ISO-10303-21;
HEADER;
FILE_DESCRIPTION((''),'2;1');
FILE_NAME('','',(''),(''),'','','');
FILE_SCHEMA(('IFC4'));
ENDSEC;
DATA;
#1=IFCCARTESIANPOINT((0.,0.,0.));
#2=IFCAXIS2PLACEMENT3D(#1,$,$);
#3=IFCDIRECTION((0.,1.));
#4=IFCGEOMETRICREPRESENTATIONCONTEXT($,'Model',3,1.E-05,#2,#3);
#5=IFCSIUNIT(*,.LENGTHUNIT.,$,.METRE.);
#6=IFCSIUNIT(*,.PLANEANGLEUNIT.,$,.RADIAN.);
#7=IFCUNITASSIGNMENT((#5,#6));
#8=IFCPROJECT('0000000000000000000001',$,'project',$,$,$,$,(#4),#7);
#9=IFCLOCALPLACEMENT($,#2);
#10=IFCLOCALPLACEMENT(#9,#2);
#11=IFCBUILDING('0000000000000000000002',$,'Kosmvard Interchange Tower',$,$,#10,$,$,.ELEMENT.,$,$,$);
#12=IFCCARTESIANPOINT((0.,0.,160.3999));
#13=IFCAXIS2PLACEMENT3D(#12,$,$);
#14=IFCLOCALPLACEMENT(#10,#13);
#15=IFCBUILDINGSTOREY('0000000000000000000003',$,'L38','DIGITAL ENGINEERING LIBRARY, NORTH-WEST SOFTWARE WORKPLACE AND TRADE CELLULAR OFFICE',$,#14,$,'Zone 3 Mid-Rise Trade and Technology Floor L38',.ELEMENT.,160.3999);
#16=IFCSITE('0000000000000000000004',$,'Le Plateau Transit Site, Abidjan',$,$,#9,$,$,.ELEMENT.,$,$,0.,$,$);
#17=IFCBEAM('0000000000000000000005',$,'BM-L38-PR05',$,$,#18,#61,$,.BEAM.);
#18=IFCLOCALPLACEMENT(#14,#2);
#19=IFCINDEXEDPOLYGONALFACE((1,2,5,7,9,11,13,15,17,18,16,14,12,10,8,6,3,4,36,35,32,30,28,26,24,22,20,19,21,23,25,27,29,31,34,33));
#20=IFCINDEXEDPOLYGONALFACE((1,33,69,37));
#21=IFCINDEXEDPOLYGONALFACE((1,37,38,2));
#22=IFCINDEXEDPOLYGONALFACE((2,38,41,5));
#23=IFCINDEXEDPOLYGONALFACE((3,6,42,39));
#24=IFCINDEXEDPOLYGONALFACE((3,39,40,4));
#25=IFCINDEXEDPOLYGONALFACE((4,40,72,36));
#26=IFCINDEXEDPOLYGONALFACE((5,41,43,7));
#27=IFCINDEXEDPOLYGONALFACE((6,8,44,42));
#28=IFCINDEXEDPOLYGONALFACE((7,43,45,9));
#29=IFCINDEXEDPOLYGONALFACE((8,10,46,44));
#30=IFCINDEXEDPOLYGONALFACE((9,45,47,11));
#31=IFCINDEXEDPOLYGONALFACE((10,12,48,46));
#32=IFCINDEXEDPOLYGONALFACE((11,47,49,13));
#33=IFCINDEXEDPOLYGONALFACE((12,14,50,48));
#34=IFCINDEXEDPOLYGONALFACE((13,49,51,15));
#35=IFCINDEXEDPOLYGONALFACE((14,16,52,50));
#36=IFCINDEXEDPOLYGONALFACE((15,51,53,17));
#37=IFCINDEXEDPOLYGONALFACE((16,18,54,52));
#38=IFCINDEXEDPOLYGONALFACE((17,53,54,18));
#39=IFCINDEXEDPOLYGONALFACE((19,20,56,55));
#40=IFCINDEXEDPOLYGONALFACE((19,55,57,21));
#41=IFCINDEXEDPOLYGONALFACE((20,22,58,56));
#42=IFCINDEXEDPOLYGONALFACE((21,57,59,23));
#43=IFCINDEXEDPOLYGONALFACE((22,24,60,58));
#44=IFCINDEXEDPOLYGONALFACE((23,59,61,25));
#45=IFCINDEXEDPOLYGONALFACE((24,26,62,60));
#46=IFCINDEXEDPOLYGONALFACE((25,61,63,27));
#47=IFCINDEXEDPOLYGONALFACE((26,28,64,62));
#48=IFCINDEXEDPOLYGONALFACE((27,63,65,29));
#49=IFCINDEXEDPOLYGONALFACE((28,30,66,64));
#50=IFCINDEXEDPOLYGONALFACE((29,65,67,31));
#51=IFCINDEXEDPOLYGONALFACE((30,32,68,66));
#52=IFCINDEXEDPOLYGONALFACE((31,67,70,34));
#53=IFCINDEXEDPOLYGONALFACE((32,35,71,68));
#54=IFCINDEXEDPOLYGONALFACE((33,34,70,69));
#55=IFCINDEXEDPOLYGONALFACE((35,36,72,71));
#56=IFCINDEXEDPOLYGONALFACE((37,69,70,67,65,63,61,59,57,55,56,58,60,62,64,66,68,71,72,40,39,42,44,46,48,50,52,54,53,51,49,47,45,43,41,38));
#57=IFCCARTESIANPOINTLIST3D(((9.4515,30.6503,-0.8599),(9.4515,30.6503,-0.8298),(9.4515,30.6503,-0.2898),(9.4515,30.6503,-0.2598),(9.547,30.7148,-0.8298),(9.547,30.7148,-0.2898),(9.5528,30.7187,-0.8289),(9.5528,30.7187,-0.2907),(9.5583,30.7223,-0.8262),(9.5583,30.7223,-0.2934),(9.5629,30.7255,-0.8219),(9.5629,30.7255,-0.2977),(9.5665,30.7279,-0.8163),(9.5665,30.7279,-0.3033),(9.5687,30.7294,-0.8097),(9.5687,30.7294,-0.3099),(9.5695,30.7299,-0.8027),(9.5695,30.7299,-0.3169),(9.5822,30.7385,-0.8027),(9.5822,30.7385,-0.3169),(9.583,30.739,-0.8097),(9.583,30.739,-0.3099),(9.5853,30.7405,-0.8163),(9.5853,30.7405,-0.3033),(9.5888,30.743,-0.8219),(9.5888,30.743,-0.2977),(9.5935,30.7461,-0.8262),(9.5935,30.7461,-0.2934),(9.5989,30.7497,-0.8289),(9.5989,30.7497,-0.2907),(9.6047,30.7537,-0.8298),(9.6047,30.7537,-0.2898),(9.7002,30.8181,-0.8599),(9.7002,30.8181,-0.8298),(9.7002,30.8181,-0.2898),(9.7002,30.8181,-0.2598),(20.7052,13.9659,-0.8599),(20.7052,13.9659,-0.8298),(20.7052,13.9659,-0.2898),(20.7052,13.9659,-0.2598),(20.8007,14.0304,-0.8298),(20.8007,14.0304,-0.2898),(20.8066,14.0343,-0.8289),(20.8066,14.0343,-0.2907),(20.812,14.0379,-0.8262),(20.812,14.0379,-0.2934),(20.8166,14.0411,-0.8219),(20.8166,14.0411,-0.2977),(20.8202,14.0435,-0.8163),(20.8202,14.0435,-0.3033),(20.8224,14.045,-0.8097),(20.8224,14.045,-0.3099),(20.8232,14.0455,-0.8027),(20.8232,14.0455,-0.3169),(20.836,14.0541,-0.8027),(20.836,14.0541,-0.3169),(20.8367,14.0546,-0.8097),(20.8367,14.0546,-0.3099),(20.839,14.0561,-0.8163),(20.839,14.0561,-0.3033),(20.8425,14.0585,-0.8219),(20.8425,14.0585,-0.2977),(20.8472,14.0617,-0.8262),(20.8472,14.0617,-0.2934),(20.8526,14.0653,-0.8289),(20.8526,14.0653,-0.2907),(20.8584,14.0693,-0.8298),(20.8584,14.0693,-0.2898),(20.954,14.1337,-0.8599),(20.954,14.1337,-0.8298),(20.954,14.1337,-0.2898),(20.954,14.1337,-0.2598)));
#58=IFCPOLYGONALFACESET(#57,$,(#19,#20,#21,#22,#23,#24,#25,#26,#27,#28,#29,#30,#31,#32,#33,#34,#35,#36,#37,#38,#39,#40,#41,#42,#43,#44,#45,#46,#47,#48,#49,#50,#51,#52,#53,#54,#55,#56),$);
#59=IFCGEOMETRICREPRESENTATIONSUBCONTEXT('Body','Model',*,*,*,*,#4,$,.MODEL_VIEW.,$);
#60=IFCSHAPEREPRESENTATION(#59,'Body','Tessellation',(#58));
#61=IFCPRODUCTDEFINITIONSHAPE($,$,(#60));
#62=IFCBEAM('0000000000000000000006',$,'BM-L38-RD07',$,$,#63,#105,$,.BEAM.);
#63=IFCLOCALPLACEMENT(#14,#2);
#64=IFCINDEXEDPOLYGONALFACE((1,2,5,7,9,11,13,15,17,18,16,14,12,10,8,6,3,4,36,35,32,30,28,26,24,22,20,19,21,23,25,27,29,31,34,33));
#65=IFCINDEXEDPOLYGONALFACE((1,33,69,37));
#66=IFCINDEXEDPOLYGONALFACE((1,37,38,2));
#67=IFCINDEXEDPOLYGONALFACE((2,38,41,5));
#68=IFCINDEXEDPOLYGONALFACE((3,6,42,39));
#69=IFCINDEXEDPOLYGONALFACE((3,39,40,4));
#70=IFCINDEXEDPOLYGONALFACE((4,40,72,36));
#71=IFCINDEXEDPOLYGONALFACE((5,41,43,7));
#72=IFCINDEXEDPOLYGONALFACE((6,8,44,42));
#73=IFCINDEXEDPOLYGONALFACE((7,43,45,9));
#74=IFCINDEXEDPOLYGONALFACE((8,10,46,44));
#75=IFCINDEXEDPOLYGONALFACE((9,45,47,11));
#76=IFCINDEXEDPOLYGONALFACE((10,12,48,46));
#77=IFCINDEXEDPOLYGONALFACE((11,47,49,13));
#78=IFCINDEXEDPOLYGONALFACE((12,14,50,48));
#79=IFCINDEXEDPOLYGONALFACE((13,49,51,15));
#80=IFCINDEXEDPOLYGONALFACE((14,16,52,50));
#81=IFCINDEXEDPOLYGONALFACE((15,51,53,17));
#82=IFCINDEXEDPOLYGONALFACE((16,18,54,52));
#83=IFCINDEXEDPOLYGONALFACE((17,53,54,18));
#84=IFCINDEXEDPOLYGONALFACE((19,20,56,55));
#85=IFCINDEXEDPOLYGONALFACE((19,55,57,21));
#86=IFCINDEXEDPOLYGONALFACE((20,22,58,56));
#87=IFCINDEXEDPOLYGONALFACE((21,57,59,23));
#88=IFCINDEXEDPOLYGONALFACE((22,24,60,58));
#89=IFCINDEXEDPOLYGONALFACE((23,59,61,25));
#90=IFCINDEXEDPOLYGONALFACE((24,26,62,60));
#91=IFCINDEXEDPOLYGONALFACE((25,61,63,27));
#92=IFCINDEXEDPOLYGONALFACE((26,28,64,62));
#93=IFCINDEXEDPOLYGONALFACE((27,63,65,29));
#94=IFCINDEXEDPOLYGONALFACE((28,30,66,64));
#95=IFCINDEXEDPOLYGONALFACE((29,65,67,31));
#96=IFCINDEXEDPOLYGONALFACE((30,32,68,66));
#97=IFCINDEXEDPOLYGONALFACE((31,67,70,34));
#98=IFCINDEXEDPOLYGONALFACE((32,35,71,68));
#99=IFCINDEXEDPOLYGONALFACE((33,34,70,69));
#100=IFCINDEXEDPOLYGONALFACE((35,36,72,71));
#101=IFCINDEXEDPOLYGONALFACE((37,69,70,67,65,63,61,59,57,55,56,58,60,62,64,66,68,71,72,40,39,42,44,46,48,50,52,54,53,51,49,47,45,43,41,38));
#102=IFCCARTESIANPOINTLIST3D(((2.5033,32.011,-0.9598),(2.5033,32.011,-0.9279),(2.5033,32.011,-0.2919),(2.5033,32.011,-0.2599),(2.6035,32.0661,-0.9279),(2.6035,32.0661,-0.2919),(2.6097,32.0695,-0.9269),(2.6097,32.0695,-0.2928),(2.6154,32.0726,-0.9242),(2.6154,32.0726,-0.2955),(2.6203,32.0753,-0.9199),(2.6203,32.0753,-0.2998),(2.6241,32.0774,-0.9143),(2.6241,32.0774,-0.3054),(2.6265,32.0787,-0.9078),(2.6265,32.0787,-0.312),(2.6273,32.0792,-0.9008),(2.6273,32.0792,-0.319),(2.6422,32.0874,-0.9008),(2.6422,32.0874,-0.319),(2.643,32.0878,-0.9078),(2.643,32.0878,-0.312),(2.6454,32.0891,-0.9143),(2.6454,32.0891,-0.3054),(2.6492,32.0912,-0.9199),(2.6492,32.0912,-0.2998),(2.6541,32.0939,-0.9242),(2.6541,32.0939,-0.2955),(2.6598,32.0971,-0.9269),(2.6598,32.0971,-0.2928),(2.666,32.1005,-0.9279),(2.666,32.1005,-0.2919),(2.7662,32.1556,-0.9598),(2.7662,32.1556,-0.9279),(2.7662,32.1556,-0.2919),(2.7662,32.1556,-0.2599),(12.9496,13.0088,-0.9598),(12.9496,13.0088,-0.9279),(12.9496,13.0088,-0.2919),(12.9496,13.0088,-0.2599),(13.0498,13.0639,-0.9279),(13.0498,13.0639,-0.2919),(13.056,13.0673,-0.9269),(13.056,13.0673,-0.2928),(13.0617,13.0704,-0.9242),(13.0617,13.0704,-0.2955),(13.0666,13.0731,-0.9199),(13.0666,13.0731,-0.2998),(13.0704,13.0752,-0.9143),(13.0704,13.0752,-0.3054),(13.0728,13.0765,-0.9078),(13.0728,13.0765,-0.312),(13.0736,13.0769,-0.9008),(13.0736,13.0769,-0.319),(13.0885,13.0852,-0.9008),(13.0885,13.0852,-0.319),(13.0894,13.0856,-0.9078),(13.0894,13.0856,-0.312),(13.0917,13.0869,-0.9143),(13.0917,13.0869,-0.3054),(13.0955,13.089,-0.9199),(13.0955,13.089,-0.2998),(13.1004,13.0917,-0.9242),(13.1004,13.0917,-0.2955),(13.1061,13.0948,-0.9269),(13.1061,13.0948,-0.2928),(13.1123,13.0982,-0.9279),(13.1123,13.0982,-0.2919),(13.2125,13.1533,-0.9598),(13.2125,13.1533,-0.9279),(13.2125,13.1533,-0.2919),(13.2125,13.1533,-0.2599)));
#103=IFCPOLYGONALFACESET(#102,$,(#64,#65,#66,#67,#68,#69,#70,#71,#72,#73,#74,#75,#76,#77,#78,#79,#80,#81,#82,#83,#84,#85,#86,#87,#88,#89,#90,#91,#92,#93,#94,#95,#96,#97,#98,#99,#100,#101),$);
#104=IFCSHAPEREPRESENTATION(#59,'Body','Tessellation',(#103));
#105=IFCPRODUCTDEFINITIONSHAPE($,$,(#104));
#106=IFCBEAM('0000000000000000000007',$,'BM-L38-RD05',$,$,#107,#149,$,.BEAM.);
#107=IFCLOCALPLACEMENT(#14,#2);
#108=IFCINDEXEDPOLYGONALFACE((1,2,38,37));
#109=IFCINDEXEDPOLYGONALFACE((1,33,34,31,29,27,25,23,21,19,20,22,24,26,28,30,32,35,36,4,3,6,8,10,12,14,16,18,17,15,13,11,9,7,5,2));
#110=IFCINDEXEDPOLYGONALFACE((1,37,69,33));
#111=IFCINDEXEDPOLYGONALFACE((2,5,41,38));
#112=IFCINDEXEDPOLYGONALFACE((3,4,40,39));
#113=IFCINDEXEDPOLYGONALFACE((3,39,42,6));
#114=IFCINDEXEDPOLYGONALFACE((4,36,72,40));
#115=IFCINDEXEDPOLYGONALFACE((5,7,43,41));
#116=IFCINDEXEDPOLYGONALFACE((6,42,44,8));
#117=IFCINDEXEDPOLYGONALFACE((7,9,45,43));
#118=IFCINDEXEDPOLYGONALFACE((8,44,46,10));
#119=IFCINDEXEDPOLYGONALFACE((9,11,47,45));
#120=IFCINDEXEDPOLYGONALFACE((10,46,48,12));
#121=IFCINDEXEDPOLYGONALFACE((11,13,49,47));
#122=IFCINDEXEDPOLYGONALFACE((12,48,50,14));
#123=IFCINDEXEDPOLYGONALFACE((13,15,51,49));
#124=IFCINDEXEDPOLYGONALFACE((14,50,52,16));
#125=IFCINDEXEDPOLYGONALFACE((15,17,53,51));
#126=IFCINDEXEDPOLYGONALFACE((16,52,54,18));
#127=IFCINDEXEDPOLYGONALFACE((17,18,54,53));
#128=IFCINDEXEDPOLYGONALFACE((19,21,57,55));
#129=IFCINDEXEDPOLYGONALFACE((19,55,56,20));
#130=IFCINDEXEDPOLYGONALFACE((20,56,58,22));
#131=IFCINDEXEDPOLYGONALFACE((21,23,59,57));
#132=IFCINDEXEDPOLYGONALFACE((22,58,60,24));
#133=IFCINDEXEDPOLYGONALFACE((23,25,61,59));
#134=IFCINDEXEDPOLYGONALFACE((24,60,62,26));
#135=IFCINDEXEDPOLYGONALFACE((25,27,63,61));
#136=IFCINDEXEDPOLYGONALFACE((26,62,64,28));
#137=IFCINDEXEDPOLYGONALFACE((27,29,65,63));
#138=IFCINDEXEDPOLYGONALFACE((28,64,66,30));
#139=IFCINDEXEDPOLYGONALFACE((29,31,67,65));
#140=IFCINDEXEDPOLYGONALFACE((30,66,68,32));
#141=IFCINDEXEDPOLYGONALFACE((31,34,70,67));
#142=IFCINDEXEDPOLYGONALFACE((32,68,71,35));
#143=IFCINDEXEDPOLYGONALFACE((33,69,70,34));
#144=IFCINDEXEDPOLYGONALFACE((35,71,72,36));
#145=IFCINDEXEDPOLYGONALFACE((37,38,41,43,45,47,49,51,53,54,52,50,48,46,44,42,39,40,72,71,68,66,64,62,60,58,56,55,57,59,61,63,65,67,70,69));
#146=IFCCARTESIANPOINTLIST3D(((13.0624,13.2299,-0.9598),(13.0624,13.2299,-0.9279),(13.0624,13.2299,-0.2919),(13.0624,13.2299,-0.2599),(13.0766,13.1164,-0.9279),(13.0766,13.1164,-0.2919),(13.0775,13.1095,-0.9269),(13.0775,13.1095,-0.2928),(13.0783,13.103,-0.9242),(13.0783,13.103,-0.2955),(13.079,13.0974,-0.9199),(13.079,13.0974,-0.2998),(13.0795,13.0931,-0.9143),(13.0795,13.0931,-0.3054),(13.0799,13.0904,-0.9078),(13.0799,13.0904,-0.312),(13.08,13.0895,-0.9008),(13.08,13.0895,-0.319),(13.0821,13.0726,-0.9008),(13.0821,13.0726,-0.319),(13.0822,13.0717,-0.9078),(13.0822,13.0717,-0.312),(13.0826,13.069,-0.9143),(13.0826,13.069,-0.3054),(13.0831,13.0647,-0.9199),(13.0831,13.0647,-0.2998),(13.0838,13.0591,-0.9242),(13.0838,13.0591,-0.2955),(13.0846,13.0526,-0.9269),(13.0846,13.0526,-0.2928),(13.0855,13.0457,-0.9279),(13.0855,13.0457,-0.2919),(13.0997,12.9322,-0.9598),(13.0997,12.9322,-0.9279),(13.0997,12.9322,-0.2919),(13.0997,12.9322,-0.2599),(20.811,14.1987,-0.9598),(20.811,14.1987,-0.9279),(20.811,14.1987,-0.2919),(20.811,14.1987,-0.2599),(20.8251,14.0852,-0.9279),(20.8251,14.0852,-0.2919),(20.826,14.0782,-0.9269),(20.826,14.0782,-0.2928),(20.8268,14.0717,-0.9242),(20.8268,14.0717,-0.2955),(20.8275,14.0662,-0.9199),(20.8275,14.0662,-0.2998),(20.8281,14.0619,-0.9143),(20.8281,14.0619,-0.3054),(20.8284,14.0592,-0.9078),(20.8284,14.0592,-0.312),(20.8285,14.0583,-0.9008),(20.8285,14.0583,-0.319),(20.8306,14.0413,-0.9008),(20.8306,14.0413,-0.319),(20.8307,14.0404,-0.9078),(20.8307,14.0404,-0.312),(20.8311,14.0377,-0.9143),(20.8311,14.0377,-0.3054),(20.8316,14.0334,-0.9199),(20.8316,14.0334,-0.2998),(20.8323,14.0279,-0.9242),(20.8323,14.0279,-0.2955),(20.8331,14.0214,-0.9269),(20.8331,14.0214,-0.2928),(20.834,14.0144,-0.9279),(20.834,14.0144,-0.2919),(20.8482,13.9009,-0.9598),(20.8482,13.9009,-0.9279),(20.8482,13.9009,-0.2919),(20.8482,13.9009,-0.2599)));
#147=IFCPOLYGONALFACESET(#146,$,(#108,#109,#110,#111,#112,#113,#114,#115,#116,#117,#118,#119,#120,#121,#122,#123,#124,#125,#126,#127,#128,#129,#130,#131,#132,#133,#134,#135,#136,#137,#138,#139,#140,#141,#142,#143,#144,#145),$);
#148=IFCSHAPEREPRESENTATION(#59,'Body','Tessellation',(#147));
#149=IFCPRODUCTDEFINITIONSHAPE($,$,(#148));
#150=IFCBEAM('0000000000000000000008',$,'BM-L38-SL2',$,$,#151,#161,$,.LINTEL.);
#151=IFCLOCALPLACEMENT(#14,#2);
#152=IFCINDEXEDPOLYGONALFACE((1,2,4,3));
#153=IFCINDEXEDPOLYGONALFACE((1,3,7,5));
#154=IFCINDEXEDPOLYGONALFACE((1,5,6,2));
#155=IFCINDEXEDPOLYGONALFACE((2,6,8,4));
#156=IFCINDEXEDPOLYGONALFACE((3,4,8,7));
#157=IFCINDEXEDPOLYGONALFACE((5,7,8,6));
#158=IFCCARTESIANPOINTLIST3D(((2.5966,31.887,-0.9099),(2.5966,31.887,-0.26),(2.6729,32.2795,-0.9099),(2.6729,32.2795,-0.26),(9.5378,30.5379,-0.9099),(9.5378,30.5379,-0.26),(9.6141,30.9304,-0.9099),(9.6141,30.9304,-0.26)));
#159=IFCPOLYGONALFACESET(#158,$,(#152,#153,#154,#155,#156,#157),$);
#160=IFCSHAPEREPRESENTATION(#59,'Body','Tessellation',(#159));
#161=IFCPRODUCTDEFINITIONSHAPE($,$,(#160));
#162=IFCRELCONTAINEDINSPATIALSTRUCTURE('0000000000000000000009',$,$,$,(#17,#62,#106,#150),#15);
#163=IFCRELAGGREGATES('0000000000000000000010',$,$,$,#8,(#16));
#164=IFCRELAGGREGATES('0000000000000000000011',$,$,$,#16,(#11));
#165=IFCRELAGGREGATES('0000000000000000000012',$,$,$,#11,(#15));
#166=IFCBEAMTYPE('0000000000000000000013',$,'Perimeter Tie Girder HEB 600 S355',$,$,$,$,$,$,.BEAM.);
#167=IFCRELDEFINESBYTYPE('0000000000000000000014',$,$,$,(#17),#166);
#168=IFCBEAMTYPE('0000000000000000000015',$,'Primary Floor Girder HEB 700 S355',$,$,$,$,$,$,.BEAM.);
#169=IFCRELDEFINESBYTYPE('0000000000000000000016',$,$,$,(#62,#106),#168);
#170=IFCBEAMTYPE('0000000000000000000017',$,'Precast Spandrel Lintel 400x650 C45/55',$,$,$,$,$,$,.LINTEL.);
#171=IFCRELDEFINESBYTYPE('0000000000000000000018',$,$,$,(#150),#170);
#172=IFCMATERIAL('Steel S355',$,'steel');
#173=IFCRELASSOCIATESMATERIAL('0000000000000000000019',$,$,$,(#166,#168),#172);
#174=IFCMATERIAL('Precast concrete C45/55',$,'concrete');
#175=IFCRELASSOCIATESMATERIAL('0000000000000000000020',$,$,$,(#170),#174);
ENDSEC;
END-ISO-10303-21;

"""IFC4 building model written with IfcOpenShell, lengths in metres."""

from ifc_helpers import new_model, si_unit, direction, frame, origin, origin_2d, place, context, subcontext, project, spatial, rectangle, i_section, extrude, source, transform, mapped, material, material_profile, profile_set, type_object, element, save


model = new_model("IFC4")

# Units and contexts
model_context = context("Model", 3, precision=1e-05, world=origin(), true_north=direction((0.0, 1.0)))
body_context = subcontext(model_context, "Body", "Model", "MODEL_VIEW")
ifc_project = project(units=[si_unit("LENGTHUNIT", "METRE"), si_unit("PLANEANGLEUNIT", "RADIAN")], contexts=[model_context])

# Site, building, storey
site_placement = place(None, origin())
site = spatial("IfcSite", under=ifc_project, at=site_placement, Name="Le Plateau Transit Site, Abidjan", CompositionType="ELEMENT", RefElevation=0.0)
building_placement = place(site_placement, origin())
building = spatial("IfcBuilding", under=site, at=building_placement, Name="Kosmvard Interchange Tower", CompositionType="ELEMENT")
storey_placement = place(building_placement, frame((0.0, 0.0, 160.3999)))
storey = spatial("IfcBuildingStorey", under=building, at=storey_placement, Name="L38", Description="DIGITAL ENGINEERING LIBRARY, NORTH-WEST SOFTWARE WORKPLACE AND TRADE CELLULAR OFFICE", LongName="Zone 3 Mid-Rise Trade and Technology Floor L38", CompositionType="ELEMENT", Elevation=160.3999)

# Beams
ifc_material_1 = material(Name="Steel S355", Category="steel")
ifc_material_profile_1 = material_profile(ifc_material_1, i_section(OverallWidth=0.3, OverallDepth=0.6001, WebThickness=0.0154, FlangeThickness=0.03, FilletRadius=0.0271, at=origin_2d()), Name="HEB 600")
ifc_profile_set_1 = profile_set([ifc_material_profile_1], Name="Steel S355")
beam_type_1 = type_object("IfcBeamType", Name="Perimeter Tie Girder HEB 600 S355", PredefinedType="BEAM", material=ifc_profile_set_1)
shared_shape_1 = source(origin(), body_context, "Body", "SweptSolid", [
    extrude(i_section(OverallWidth=0.3, OverallDepth=0.6001, WebThickness=0.0154, FlangeThickness=0.03, FilletRadius=0.0271, at=origin_2d()), origin(), (0.0, 0.0, 1.0), 20.125),
])
beam_1_placement = place(storey_placement, frame((20.8296, 14.0498, -0.5598), z_axis=(-0.559191, 0.829039, 0.0), x_axis=(-0.829039, -0.559191, 0.0)))
element("IfcBeam", 1, at=beam_1_placement, inside=storey, type_object=beam_type_1, Name="BM-L38-PR05", PredefinedType="BEAM", context=body_context, shape_type="MappedRepresentation", body=[
    mapped(shared_shape_1, transform((0.0, 0.0, 0.0), scale=1.0)),
])
ifc_material_profile_2 = material_profile(ifc_material_1, i_section(OverallWidth=0.3, OverallDepth=0.7, WebThickness=0.0171, FlangeThickness=0.032, FilletRadius=0.0271, at=origin_2d()), Name="HEB 700")
ifc_profile_set_2 = profile_set([ifc_material_profile_2], Name="Steel S355")
beam_type_2 = type_object("IfcBeamType", Name="Primary Floor Girder HEB 700 S355", PredefinedType="BEAM", material=ifc_profile_set_2)
shared_shape_2 = source(origin(), body_context, "Body", "SweptSolid", [
    extrude(i_section(OverallWidth=0.3, OverallDepth=0.7, WebThickness=0.0171, FlangeThickness=0.032, FilletRadius=0.0271, at=origin_2d()), origin(), (0.0, 0.0, 1.0), 21.6843),
])
beam_2_placement = place(storey_placement, frame((13.0811, 13.0811, -0.6099), z_axis=(-0.481745, 0.876312, 0.0), x_axis=(-0.876312, -0.481745, 0.0)))
element("IfcBeam", 2, at=beam_2_placement, inside=storey, type_object=beam_type_2, Name="BM-L38-RD07", PredefinedType="BEAM", context=body_context, shape_type="MappedRepresentation", body=[
    mapped(shared_shape_2, transform((0.0, 0.0, 0.0), scale=1.0)),
])
shared_shape_3 = source(origin(), body_context, "Body", "SweptSolid", [
    extrude(i_section(OverallWidth=0.3, OverallDepth=0.7, WebThickness=0.0171, FlangeThickness=0.032, FilletRadius=0.0271, at=origin_2d()), origin(), (0.0, 0.0, 1.0), 7.8088),
])
beam_3_placement = place(storey_placement, frame((13.0811, 13.0811, -0.6099), z_axis=(0.992275, 0.124058, 0.0), x_axis=(-0.124058, 0.992275, 0.0)))
element("IfcBeam", 3, at=beam_3_placement, inside=storey, type_object=beam_type_2, Name="BM-L38-RD05", PredefinedType="BEAM", context=body_context, shape_type="MappedRepresentation", body=[
    mapped(shared_shape_3, transform((0.0, 0.0, 0.0), scale=1.0)),
])
ifc_material_2 = material(Name="Precast concrete C45/55", Category="concrete")
ifc_material_profile_3 = material_profile(ifc_material_2, rectangle(XDim=0.3999, YDim=0.6499, at=origin_2d()), Name="SL 400x650")
ifc_profile_set_3 = profile_set([ifc_material_profile_3], Name="Precast concrete C45/55")
beam_type_3 = type_object("IfcBeamType", Name="Precast Spandrel Lintel 400x650 C45/55", PredefinedType="LINTEL", material=ifc_profile_set_3)
shared_shape_4 = source(origin(), body_context, "Body", "SweptSolid", [
    extrude(rectangle(XDim=0.3999, YDim=0.6499, at=origin_2d()), origin(), (0.0, 0.0, 1.0), 7.071),
])
beam_4_placement = place(storey_placement, frame((9.5759, 30.7341, -0.585), z_axis=(-0.98163, 0.190795, 0.0), x_axis=(-0.190795, -0.98163, 0.0)))
element("IfcBeam", 4, at=beam_4_placement, inside=storey, type_object=beam_type_3, Name="BM-L38-SL2", PredefinedType="LINTEL", context=body_context, shape_type="MappedRepresentation", body=[
    mapped(shared_shape_4, transform((0.0, 0.0, 0.0), scale=1.0)),
])

save(model, "model.ifc")
